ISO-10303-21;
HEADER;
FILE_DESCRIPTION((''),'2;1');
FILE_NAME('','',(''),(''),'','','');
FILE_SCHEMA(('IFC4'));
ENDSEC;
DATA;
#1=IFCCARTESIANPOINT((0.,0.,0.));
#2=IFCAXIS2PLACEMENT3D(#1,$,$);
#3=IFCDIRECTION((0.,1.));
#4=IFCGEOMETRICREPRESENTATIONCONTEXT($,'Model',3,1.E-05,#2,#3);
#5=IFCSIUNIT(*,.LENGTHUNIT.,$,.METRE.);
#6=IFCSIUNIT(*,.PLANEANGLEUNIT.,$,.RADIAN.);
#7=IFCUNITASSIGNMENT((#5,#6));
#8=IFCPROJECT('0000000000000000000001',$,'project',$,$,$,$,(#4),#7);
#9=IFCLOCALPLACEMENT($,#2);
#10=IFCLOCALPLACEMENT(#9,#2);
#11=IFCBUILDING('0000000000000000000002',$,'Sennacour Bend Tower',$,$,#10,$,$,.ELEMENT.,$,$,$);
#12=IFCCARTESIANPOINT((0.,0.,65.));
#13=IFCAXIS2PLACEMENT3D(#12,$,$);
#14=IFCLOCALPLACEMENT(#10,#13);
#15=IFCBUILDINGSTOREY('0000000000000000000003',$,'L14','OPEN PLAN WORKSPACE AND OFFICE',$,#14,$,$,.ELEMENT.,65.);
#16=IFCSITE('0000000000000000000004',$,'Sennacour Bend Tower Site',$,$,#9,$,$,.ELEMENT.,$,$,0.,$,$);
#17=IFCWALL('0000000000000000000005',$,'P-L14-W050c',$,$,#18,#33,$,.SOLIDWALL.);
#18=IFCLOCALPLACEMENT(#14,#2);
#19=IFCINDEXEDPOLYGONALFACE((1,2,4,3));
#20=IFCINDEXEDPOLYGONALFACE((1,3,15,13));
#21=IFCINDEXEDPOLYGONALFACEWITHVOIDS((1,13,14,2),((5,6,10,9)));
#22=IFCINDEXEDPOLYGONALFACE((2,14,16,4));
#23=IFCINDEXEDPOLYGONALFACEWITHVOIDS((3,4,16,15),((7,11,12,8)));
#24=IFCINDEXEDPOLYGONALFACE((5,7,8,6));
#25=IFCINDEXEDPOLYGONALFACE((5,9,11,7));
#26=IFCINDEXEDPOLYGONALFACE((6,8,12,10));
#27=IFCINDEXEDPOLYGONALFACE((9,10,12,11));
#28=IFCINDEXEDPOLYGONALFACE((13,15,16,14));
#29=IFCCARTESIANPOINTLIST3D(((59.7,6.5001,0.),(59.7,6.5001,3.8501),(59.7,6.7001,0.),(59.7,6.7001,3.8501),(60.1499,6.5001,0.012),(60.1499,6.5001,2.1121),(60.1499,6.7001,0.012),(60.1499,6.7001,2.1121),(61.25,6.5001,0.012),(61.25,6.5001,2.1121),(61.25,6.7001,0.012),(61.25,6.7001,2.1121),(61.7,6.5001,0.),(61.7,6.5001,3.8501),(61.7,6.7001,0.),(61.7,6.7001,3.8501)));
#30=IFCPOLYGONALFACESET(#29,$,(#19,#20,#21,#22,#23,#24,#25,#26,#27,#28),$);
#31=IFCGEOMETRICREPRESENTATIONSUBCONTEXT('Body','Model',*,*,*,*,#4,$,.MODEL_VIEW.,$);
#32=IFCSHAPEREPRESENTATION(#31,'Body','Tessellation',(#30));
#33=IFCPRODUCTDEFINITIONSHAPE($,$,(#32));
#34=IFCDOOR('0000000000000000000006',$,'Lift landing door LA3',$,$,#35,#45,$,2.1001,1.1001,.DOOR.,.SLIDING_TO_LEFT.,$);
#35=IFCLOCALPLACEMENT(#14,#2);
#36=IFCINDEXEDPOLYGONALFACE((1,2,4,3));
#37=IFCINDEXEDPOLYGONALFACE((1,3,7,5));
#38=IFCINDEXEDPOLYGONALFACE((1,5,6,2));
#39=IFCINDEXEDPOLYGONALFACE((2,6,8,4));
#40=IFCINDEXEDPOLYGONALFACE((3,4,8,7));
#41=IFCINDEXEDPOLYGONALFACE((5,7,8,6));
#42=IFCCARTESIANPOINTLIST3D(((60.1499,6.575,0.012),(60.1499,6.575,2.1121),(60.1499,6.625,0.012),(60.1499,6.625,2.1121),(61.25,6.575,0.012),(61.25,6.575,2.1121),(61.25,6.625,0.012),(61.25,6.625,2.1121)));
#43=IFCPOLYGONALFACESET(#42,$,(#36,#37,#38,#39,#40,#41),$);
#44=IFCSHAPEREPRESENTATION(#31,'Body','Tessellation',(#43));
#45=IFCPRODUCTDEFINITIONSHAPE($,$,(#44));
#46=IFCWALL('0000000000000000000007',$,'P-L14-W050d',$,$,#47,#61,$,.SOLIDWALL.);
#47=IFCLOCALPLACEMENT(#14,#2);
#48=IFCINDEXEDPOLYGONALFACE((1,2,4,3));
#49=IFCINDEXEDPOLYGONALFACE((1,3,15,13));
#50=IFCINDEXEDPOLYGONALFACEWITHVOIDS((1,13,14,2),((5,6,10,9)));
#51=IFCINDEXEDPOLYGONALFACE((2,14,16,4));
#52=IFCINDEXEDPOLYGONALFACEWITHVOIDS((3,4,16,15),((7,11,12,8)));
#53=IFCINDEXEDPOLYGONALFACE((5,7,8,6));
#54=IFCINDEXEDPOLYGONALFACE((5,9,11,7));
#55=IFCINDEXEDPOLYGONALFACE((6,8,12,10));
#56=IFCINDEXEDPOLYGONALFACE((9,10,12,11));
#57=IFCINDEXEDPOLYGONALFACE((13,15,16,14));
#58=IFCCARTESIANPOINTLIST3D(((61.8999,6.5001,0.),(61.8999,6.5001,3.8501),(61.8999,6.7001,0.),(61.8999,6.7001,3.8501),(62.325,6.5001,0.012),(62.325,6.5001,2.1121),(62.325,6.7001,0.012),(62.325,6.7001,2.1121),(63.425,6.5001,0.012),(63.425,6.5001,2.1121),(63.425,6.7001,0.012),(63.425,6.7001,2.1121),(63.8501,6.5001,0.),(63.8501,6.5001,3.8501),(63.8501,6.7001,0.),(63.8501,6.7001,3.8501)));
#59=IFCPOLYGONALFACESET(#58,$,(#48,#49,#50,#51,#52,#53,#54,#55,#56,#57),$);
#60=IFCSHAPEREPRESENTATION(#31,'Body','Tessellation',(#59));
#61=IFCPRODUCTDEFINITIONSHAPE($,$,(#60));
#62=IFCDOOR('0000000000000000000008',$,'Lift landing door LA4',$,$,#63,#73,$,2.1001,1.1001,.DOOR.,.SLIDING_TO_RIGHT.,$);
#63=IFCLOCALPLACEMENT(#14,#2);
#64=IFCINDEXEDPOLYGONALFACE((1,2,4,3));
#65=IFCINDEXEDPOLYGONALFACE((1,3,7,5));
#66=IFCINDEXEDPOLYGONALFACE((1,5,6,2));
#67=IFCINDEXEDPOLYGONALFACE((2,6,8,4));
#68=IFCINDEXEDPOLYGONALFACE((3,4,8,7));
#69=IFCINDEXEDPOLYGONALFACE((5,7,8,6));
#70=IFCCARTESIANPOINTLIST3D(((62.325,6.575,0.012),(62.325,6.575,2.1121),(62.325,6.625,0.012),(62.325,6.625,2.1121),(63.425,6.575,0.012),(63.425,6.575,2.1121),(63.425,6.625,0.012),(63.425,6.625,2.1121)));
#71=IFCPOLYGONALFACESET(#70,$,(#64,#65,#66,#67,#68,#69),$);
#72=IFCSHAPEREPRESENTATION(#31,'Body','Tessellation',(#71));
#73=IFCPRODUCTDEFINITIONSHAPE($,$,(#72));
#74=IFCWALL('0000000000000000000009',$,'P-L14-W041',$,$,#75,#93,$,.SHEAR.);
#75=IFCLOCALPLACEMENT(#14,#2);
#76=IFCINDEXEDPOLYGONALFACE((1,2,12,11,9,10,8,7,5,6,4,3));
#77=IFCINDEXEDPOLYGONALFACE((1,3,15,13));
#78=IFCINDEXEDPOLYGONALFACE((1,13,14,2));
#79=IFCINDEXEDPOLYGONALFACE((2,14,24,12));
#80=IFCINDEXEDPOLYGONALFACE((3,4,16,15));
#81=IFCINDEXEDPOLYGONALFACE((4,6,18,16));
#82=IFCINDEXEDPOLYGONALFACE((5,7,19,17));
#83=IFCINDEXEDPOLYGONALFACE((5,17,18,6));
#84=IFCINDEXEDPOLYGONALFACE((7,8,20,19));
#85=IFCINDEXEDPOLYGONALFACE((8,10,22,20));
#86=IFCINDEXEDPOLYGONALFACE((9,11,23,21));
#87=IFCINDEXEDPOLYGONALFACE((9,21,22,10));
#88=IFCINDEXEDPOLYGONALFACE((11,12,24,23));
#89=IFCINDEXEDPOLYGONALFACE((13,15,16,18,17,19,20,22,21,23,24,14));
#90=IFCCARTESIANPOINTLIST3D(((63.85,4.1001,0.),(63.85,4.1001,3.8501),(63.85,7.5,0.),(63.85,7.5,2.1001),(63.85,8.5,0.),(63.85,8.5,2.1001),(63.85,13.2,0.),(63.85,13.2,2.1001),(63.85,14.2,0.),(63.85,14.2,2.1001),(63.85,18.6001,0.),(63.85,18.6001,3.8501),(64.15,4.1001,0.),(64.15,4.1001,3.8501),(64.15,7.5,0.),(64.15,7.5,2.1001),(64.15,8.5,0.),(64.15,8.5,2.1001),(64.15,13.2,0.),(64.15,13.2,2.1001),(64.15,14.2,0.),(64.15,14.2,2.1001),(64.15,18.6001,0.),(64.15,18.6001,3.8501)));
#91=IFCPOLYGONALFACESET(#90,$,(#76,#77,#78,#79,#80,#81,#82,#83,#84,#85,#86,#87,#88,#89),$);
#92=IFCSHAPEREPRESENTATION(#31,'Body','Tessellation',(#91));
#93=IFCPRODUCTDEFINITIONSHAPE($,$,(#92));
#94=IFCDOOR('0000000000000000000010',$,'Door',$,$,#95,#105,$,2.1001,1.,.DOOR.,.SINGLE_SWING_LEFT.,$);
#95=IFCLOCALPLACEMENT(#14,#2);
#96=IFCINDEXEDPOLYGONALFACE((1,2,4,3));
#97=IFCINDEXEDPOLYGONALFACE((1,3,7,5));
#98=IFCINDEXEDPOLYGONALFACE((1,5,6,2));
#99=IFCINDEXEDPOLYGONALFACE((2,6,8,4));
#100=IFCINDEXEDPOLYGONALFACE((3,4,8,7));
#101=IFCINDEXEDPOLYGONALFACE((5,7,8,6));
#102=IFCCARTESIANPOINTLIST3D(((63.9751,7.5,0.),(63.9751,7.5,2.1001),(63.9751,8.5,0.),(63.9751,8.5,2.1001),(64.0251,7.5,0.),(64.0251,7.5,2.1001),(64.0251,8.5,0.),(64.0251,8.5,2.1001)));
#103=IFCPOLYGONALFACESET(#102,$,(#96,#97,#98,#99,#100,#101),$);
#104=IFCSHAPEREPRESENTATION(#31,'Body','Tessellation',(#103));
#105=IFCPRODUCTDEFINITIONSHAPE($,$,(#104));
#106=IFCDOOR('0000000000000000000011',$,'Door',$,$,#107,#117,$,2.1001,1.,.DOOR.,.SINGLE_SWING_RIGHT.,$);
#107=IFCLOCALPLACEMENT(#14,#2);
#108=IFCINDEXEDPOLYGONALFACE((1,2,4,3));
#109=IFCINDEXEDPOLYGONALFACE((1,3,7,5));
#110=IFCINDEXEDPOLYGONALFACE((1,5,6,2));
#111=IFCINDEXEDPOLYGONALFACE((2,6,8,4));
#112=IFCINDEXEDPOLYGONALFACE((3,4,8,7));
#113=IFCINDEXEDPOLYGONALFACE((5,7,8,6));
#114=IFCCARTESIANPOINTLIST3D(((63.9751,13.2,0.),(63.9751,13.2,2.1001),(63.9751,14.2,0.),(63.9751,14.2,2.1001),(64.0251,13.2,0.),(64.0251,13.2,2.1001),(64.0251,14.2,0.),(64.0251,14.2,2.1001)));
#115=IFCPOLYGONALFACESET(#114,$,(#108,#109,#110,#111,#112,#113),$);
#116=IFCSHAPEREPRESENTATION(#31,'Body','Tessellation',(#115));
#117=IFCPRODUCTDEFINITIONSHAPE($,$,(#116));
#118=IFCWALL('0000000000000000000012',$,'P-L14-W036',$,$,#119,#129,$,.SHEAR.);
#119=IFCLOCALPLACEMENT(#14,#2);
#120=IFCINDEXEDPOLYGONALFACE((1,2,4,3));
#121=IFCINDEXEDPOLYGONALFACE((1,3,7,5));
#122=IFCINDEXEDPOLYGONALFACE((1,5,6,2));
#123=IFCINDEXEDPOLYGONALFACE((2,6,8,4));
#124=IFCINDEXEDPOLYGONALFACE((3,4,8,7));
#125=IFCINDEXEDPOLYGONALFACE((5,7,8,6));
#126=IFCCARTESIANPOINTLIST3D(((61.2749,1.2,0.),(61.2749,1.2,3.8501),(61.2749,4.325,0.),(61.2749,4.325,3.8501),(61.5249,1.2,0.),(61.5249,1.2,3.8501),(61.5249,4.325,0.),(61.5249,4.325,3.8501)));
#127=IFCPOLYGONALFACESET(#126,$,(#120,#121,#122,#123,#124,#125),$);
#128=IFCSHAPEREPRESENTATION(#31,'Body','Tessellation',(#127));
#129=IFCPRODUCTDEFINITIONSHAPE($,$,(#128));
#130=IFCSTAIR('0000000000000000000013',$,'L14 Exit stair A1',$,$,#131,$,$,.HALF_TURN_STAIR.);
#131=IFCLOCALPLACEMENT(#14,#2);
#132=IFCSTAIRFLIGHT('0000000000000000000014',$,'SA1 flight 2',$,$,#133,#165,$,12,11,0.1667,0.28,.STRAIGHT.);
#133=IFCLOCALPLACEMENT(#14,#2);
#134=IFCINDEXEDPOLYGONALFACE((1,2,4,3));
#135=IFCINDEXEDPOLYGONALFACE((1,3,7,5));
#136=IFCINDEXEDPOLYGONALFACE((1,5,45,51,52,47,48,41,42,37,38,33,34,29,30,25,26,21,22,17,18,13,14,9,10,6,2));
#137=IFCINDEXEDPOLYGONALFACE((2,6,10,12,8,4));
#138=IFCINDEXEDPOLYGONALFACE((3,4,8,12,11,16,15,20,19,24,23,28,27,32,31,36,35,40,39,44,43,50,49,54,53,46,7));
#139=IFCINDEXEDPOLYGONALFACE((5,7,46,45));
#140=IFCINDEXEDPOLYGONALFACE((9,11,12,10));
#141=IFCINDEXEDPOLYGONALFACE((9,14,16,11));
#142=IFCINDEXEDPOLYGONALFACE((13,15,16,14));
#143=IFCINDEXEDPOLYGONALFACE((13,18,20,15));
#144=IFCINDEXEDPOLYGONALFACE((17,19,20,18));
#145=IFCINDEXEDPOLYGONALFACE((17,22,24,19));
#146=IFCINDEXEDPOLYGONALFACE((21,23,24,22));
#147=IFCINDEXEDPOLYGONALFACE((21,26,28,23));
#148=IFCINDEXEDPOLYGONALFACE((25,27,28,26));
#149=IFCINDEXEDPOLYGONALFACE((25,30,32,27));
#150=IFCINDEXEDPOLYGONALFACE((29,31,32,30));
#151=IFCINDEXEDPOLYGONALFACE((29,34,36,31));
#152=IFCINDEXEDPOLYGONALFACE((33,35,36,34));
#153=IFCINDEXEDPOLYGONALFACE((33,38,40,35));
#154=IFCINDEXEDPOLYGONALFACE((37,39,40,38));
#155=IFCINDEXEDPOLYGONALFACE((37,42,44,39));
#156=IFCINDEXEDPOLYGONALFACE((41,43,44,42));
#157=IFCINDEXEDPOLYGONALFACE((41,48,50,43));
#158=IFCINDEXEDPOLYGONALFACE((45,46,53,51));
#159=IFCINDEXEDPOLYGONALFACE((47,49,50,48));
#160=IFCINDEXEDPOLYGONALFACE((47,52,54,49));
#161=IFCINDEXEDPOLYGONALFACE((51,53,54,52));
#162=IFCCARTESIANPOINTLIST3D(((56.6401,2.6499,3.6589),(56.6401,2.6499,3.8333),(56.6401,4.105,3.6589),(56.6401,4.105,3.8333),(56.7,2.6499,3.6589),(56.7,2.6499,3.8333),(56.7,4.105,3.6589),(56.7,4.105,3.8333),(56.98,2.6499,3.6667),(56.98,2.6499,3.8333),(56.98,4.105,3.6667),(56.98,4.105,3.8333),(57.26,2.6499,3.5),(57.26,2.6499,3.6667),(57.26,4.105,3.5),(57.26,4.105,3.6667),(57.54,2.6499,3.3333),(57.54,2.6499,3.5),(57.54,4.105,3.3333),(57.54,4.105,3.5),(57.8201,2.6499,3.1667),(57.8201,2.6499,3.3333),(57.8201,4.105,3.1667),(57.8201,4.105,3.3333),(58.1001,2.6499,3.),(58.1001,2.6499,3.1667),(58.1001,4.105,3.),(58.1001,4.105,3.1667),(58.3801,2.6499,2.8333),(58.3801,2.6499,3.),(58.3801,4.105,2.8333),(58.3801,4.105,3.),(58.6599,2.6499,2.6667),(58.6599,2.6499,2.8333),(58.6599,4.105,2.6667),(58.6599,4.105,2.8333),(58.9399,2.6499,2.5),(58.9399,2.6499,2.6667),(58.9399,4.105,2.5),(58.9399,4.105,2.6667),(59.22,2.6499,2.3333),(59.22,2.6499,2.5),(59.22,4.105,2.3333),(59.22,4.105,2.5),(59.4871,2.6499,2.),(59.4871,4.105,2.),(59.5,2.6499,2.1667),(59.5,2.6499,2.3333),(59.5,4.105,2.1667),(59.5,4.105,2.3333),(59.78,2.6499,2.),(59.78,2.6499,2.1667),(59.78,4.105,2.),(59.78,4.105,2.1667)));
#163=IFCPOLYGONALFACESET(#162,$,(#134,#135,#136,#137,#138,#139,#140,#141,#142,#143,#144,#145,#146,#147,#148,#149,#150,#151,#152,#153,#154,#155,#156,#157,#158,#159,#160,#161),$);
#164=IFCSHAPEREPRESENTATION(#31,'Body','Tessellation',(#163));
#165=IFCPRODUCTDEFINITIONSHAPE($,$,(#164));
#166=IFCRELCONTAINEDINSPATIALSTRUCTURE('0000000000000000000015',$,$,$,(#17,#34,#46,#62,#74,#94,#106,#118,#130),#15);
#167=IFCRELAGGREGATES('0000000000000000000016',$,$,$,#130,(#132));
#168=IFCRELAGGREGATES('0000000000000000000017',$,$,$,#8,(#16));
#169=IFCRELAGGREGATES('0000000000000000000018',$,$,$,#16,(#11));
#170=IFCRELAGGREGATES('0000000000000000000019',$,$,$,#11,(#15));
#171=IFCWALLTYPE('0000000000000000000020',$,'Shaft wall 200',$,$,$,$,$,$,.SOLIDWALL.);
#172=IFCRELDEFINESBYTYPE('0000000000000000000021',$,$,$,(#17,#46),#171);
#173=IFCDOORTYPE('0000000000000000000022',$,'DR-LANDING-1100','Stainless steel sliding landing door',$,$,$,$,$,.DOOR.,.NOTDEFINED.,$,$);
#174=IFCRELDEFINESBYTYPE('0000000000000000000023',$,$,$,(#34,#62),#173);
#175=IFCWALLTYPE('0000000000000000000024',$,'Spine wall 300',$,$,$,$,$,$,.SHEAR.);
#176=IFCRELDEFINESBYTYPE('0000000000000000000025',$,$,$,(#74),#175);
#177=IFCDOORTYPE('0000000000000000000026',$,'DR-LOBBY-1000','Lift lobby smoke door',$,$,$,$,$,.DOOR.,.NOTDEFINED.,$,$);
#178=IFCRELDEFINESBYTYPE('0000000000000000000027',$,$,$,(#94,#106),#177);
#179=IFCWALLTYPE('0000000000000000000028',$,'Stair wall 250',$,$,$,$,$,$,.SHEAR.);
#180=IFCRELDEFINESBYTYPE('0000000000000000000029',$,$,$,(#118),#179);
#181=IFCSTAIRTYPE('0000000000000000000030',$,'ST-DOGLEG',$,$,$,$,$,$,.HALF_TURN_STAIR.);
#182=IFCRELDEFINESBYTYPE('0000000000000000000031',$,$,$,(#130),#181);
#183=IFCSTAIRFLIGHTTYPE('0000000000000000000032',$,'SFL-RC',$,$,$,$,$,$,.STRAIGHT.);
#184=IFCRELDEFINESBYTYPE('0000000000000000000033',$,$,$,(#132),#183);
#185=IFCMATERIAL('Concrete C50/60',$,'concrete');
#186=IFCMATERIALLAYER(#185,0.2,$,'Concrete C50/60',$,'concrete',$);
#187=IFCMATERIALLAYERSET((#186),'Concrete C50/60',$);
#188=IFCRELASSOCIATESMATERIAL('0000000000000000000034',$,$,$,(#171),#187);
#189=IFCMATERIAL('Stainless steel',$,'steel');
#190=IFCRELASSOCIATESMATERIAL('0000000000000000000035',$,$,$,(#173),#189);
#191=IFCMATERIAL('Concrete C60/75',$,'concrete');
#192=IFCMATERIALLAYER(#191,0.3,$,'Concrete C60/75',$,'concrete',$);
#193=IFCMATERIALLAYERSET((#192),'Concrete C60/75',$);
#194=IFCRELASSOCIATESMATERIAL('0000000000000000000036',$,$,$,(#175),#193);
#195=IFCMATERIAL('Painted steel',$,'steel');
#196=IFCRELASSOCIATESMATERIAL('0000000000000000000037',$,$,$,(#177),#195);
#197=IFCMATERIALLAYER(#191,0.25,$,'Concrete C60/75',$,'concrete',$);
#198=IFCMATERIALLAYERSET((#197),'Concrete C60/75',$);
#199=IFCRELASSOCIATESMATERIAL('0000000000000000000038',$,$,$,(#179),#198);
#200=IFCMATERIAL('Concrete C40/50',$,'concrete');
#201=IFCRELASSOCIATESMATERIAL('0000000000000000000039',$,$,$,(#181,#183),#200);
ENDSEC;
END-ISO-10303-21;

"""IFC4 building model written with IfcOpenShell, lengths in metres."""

from ifc_helpers import new_model, si_unit, direction, frame, frame_2d, origin, place, context, subcontext, project, spatial, polyline, rectangle, outline, extrude, material, layer, layer_set, type_object, element, fill, aggregate, save


model = new_model("IFC4")

# Units and contexts
model_context = context("Model", 3, precision=1e-05, world=origin(), true_north=direction((0.0, 1.0)))
body_context = subcontext(model_context, "Body", "Model", "MODEL_VIEW")
ifc_project = project(units=[si_unit("LENGTHUNIT", "METRE"), si_unit("PLANEANGLEUNIT", "RADIAN")], contexts=[model_context])

# Site, building, storey
site_placement = place(None, origin())
site = spatial("IfcSite", under=ifc_project, at=site_placement, Name="Sennacour Bend Tower Site", CompositionType="ELEMENT", RefElevation=0.0)
building_placement = place(site_placement, origin())
building = spatial("IfcBuilding", under=site, at=building_placement, Name="Sennacour Bend Tower", CompositionType="ELEMENT")
storey_placement = place(building_placement, frame((0.0, 0.0, 65.0)))
storey = spatial("IfcBuildingStorey", under=building, at=storey_placement, Name="L14", Description="OPEN PLAN WORKSPACE AND OFFICE", CompositionType="ELEMENT", Elevation=65.0)

# Shared definitions
ifc_material_1 = material(Name="Painted steel", Category="steel")

# Shared definitions
ifc_material_2 = material(Name="Concrete C50/60", Category="concrete")
ifc_layer_1 = layer(ifc_material_2, 0.2, Name="Concrete C50/60", Category="concrete")
ifc_layer_set_1 = layer_set([ifc_layer_1], Name="Concrete C50/60")
wall_type_1 = type_object("IfcWallType", Name="Shaft wall 200", PredefinedType="SOLIDWALL", material=ifc_layer_set_1)

# Walls, openings, doors
ifc_material_3 = material(Name="Stainless steel", Category="steel")
door_type_1 = type_object("IfcDoorType", Name="DR-LANDING-1100", Description="Stainless steel sliding landing door", OperationType="NOTDEFINED", PredefinedType="DOOR", material=ifc_material_3)
wall_1_placement = place(storey_placement, frame((59.7, 6.6001, 0.0), z_axis=(0.0, 0.0, 1.0), x_axis=(1.0, 0.0, 0.0)))
wall_1 = element("IfcWall", 1, at=wall_1_placement, inside=storey, type_object=wall_type_1, Name="P-L14-W050c", PredefinedType="SOLIDWALL", context=body_context, shape_type="SweptSolid", body=[
    extrude(rectangle(XDim=2.0, YDim=0.2, at=frame_2d((1.0, 0.0))), origin(), (0.0, 0.0, 1.0), 3.8501),
])
opening_1_placement = place(wall_1_placement, frame((0.45, 0.0, 0.012)))
opening_1 = element("IfcOpeningElement", 2, at=opening_1_placement, cuts=wall_1, PredefinedType="OPENING", context=body_context, shape_type="SweptSolid", body=[
    extrude(rectangle(XDim=1.1001, YDim=2.1001, at=frame_2d((0.55, 1.05))), frame((0.0, 0.1099, 0.0), z_axis=(0.0, -1.0, 0.0), x_axis=(1.0, 0.0, 0.0)), (0.0, 0.0, 1.0), 0.22),
])
door_1_placement = place(opening_1_placement, origin())
door_1 = element("IfcDoor", 3, at=door_1_placement, inside=storey, type_object=door_type_1, Name="Lift landing door LA3", OperationType="SLIDING_TO_LEFT", OverallHeight=2.1001, OverallWidth=1.1001, PredefinedType="DOOR", context=body_context, shape_type="SweptSolid", body=[
    extrude(rectangle(XDim=1.1001, YDim=2.1001, at=frame_2d((0.55, 1.05))), frame((0.0, 0.0249, 0.0), z_axis=(0.0, -1.0, 0.0), x_axis=(1.0, 0.0, 0.0)), (0.0, 0.0, 1.0), 0.05),
])
fill(opening_1, door_1)
wall_2_placement = place(storey_placement, frame((61.8999, 6.6001, 0.0), z_axis=(0.0, 0.0, 1.0), x_axis=(1.0, 0.0, 0.0)))
wall_2 = element("IfcWall", 4, at=wall_2_placement, inside=storey, type_object=wall_type_1, Name="P-L14-W050d", PredefinedType="SOLIDWALL", context=body_context, shape_type="SweptSolid", body=[
    extrude(rectangle(XDim=1.9502, YDim=0.2, at=frame_2d((0.9751, 0.0))), origin(), (0.0, 0.0, 1.0), 3.8501),
])
opening_2_placement = place(wall_2_placement, frame((0.425, 0.0, 0.012)))
opening_2 = element("IfcOpeningElement", 5, at=opening_2_placement, cuts=wall_2, PredefinedType="OPENING", context=body_context, shape_type="SweptSolid", body=[
    extrude(rectangle(XDim=1.1001, YDim=2.1001, at=frame_2d((0.55, 1.05))), frame((0.0, 0.1099, 0.0), z_axis=(0.0, -1.0, 0.0), x_axis=(1.0, 0.0, 0.0)), (0.0, 0.0, 1.0), 0.22),
])
door_2_placement = place(opening_2_placement, origin())
door_2 = element("IfcDoor", 6, at=door_2_placement, inside=storey, type_object=door_type_1, Name="Lift landing door LA4", OperationType="SLIDING_TO_RIGHT", OverallHeight=2.1001, OverallWidth=1.1001, PredefinedType="DOOR", context=body_context, shape_type="SweptSolid", body=[
    extrude(rectangle(XDim=1.1001, YDim=2.1001, at=frame_2d((0.55, 1.05))), frame((0.0, 0.0249, 0.0), z_axis=(0.0, -1.0, 0.0), x_axis=(1.0, 0.0, 0.0)), (0.0, 0.0, 1.0), 0.05),
])
fill(opening_2, door_2)

# Wall, openings, doors
ifc_material_4 = material(Name="Concrete C60/75", Category="concrete")
ifc_layer_2 = layer(ifc_material_4, 0.3, Name="Concrete C60/75", Category="concrete")
ifc_layer_set_2 = layer_set([ifc_layer_2], Name="Concrete C60/75")
wall_type_2 = type_object("IfcWallType", Name="Spine wall 300", PredefinedType="SHEAR", material=ifc_layer_set_2)
wall_3_placement = place(storey_placement, frame((64.0, 4.1001, 0.0), z_axis=(0.0, 0.0, 1.0), x_axis=(0.0, 1.0, 0.0)))
wall_3 = element("IfcWall", 7, at=wall_3_placement, inside=storey, type_object=wall_type_2, Name="P-L14-W041", PredefinedType="SHEAR", context=body_context, shape_type="SweptSolid", body=[
    extrude(rectangle(XDim=14.5, YDim=0.3, at=frame_2d((7.25, 0.0))), origin(), (0.0, 0.0, 1.0), 3.8501),
])
opening_3_placement = place(wall_3_placement, frame((3.3999, 0.0, 0.0)))
opening_3 = element("IfcOpeningElement", 8, at=opening_3_placement, cuts=wall_3, PredefinedType="OPENING", context=body_context, shape_type="SweptSolid", body=[
    extrude(rectangle(XDim=1.0, YDim=2.1001, at=frame_2d((0.5, 1.05))), frame((0.0, 0.1602, 0.0), z_axis=(0.0, -1.0, 0.0), x_axis=(1.0, 0.0, 0.0)), (0.0, 0.0, 1.0), 0.3201),
])
opening_4_placement = place(wall_3_placement, frame((9.0999, 0.0, 0.0)))
opening_4 = element("IfcOpeningElement", 9, at=opening_4_placement, cuts=wall_3, PredefinedType="OPENING", context=body_context, shape_type="SweptSolid", body=[
    extrude(rectangle(XDim=1.0, YDim=2.1001, at=frame_2d((0.5, 1.05))), frame((0.0, 0.1602, 0.0), z_axis=(0.0, -1.0, 0.0), x_axis=(1.0, 0.0, 0.0)), (0.0, 0.0, 1.0), 0.3201),
])
door_type_2 = type_object("IfcDoorType", Name="DR-LOBBY-1000", Description="Lift lobby smoke door", OperationType="NOTDEFINED", PredefinedType="DOOR", material=ifc_material_1)
door_3_placement = place(opening_3_placement, origin())
door_3 = element("IfcDoor", 10, at=door_3_placement, inside=storey, type_object=door_type_2, Name="Door", OperationType="SINGLE_SWING_LEFT", OverallHeight=2.1001, OverallWidth=1.0, PredefinedType="DOOR", context=body_context, shape_type="SweptSolid", body=[
    extrude(rectangle(XDim=1.0, YDim=2.1001, at=frame_2d((0.5, 1.05))), frame((0.0, 0.0249, 0.0), z_axis=(0.0, -1.0, 0.0), x_axis=(1.0, 0.0, 0.0)), (0.0, 0.0, 1.0), 0.05),
])
fill(opening_3, door_3)
door_4_placement = place(opening_4_placement, origin())
door_4 = element("IfcDoor", 11, at=door_4_placement, inside=storey, type_object=door_type_2, Name="Door", OperationType="SINGLE_SWING_RIGHT", OverallHeight=2.1001, OverallWidth=1.0, PredefinedType="DOOR", context=body_context, shape_type="SweptSolid", body=[
    extrude(rectangle(XDim=1.0, YDim=2.1001, at=frame_2d((0.5, 1.05))), frame((0.0, 0.0249, 0.0), z_axis=(0.0, -1.0, 0.0), x_axis=(1.0, 0.0, 0.0)), (0.0, 0.0, 1.0), 0.05),
])
fill(opening_4, door_4)

# Wall
ifc_layer_3 = layer(ifc_material_4, 0.25, Name="Concrete C60/75", Category="concrete")
ifc_layer_set_3 = layer_set([ifc_layer_3], Name="Concrete C60/75")
wall_type_3 = type_object("IfcWallType", Name="Stair wall 250", PredefinedType="SHEAR", material=ifc_layer_set_3)
wall_4_placement = place(storey_placement, frame((61.3999, 1.2, 0.0), z_axis=(0.0, 0.0, 1.0), x_axis=(0.0, 1.0, 0.0)))
element("IfcWall", 12, at=wall_4_placement, inside=storey, type_object=wall_type_3, Name="P-L14-W036", PredefinedType="SHEAR", context=body_context, shape_type="SweptSolid", body=[
    extrude(rectangle(XDim=3.125, YDim=0.25, at=frame_2d((1.5625, 0.0))), origin(), (0.0, 0.0, 1.0), 3.8501),
])

# Stair, stair flight
ifc_material_5 = material(Name="Concrete C40/50", Category="concrete")
stair_type = type_object("IfcStairType", Name="ST-DOGLEG", PredefinedType="HALF_TURN_STAIR", material=ifc_material_5)
stair_placement = place(storey_placement, origin())
stair = element("IfcStair", 13, at=stair_placement, inside=storey, type_object=stair_type, Name="L14 Exit stair A1", PredefinedType="HALF_TURN_STAIR")
stair_flight_type = type_object("IfcStairFlightType", Name="SFL-RC", PredefinedType="STRAIGHT", material=ifc_material_5)
stair_flight_placement = place(storey_placement, frame((59.78, 3.3774, 2.0), z_axis=(0.0, 0.0, 1.0), x_axis=(-1.0, 0.0, 0.0)))
stair_flight = element("IfcStairFlight", 14, at=stair_flight_placement, type_object=stair_flight_type, Name="SA1 flight 2", NumberOfRisers=12, NumberOfTreads=11, PredefinedType="STRAIGHT", RiserHeight=0.1667, TreadLength=0.28, context=body_context, shape_type="SweptSolid", body=[
    extrude(outline(polyline([(0.0, 0.0), (0.0, 0.1667), (0.28, 0.1667), (0.28, 0.3333), (0.5601, 0.3333), (0.5601, 0.5), (0.8401, 0.5), (0.8401, 0.6667), (1.1201, 0.6667), (1.1201, 0.8333), (1.3999, 0.8333), (1.3999, 1.0), (1.6799, 1.0), (1.6799, 1.1667), (1.96, 1.1667), (1.96, 1.3333), (2.24, 1.3333), (2.24, 1.5), (2.52, 1.5), (2.52, 1.6667), (2.8, 1.6667), (2.8, 1.8333), (3.0801, 1.8333), (3.1399, 1.8333), (3.1399, 1.6589), (3.0801, 1.6589), (0.293, 0.0), (0.0, 0.0)])), frame((0.0, 0.7275, 0.0), z_axis=(0.0, -1.0, 0.0), x_axis=(1.0, 0.0, 0.0)), (0.0, 0.0, 1.0), 1.4551),
])
aggregate(stair, [stair_flight])

save(model, "model.ifc")
